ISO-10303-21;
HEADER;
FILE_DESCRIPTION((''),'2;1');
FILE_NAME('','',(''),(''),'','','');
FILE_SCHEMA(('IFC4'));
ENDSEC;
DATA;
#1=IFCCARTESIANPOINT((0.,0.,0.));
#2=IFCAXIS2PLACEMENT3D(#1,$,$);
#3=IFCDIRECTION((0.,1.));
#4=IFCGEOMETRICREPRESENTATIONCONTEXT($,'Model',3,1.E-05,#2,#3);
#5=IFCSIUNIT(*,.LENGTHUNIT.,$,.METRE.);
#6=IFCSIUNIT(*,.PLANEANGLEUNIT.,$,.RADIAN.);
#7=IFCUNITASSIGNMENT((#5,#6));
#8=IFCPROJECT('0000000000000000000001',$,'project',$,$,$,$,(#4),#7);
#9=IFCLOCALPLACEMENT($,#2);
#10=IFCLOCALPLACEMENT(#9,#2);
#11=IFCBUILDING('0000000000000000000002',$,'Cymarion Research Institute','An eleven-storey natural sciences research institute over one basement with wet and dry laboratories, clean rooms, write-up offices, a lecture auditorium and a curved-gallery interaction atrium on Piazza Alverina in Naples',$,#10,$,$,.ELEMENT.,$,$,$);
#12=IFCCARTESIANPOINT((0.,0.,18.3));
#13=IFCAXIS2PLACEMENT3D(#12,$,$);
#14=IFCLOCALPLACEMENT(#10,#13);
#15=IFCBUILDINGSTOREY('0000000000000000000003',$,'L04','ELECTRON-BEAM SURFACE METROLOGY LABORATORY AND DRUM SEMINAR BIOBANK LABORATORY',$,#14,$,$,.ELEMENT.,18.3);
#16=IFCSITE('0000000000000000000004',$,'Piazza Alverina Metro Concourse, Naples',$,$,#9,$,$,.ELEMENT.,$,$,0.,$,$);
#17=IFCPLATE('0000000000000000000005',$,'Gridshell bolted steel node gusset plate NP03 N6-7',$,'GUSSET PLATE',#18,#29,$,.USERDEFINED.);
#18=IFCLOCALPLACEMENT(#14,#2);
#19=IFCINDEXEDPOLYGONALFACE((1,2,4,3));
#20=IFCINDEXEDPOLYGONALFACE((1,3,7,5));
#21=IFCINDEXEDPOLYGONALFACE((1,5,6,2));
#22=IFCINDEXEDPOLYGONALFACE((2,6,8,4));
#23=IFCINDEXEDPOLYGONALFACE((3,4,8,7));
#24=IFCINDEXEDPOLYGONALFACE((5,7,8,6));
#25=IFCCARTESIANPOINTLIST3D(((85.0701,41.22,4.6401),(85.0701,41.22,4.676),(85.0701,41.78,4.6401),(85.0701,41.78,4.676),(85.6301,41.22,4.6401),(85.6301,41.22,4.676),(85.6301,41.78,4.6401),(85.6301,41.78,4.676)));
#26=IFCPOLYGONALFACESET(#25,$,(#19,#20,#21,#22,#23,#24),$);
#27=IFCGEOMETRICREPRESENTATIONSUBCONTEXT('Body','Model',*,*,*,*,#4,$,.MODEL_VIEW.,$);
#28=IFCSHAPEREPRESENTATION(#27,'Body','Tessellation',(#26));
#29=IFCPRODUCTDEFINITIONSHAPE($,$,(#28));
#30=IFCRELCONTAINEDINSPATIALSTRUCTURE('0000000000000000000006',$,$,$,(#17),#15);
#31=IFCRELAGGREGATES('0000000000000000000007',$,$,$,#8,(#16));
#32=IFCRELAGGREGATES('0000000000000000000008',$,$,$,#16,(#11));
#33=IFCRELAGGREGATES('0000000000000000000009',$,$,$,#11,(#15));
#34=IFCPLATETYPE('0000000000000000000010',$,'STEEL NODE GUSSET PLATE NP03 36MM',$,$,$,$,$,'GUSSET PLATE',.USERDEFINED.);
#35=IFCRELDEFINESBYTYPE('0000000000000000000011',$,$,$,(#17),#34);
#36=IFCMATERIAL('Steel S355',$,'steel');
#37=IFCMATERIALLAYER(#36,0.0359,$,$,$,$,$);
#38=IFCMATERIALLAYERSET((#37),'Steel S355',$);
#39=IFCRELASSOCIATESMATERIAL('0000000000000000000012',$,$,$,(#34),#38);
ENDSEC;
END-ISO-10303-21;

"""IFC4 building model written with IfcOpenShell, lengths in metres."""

from ifc_helpers import new_model, si_unit, direction, frame, origin, origin_2d, place, context, subcontext, project, spatial, rectangle, extrude, material, layer, layer_set, type_object, element, save


model = new_model("IFC4")

# Units and contexts
model_context = context("Model", 3, precision=1e-05, world=origin(), true_north=direction((0.0, 1.0)))
body_context = subcontext(model_context, "Body", "Model", "MODEL_VIEW")
ifc_project = project(units=[si_unit("LENGTHUNIT", "METRE"), si_unit("PLANEANGLEUNIT", "RADIAN")], contexts=[model_context])

# Site, building, storey
site_placement = place(None, origin())
site = spatial("IfcSite", under=ifc_project, at=site_placement, Name="Piazza Alverina Metro Concourse, Naples", CompositionType="ELEMENT", RefElevation=0.0)
building_placement = place(site_placement, origin())
building = spatial("IfcBuilding", under=site, at=building_placement, Name="Cymarion Research Institute", Description="An eleven-storey natural sciences research institute over one basement with wet and dry laboratories, clean rooms, write-up offices, a lecture auditorium and a curved-gallery interaction atrium on Piazza Alverina in Naples", CompositionType="ELEMENT")
storey_placement = place(building_placement, frame((0.0, 0.0, 18.3)))
storey = spatial("IfcBuildingStorey", under=building, at=storey_placement, Name="L04", Description="ELECTRON-BEAM SURFACE METROLOGY LABORATORY AND DRUM SEMINAR BIOBANK LABORATORY", CompositionType="ELEMENT", Elevation=18.3)

# Shared definitions
ifc_material_1 = material(Name="Steel S355", Category="steel")

# Plate
ifc_layer_1 = layer(ifc_material_1, 0.0359)
ifc_layer_set_1 = layer_set([ifc_layer_1], Name="Steel S355")
plate_type_1 = type_object("IfcPlateType", Name="STEEL NODE GUSSET PLATE NP03 36MM", ElementType="GUSSET PLATE", PredefinedType="USERDEFINED", material=ifc_layer_set_1)
for number, where, z_axis, x_axis, name in (
    (1, (85.3501, 41.5, 4.6401), (0.0, 0.0, 1.0), (1.0, 0.0, 0.0), "Gridshell bolted steel node gusset plate NP03 N6-7"),
):
    element("IfcPlate", number, at=place(storey_placement, frame(where, z_axis=z_axis, x_axis=x_axis)), inside=storey, type_object=plate_type_1, Name=name, ObjectType="GUSSET PLATE", PredefinedType="USERDEFINED", context=body_context, shape_type="SweptSolid", body=[
        extrude(rectangle(XDim=0.5601, YDim=0.5601, at=origin_2d()), origin(), (0.0, 0.0, 1.0), 0.0359),
    ])

save(model, "model.ifc")
